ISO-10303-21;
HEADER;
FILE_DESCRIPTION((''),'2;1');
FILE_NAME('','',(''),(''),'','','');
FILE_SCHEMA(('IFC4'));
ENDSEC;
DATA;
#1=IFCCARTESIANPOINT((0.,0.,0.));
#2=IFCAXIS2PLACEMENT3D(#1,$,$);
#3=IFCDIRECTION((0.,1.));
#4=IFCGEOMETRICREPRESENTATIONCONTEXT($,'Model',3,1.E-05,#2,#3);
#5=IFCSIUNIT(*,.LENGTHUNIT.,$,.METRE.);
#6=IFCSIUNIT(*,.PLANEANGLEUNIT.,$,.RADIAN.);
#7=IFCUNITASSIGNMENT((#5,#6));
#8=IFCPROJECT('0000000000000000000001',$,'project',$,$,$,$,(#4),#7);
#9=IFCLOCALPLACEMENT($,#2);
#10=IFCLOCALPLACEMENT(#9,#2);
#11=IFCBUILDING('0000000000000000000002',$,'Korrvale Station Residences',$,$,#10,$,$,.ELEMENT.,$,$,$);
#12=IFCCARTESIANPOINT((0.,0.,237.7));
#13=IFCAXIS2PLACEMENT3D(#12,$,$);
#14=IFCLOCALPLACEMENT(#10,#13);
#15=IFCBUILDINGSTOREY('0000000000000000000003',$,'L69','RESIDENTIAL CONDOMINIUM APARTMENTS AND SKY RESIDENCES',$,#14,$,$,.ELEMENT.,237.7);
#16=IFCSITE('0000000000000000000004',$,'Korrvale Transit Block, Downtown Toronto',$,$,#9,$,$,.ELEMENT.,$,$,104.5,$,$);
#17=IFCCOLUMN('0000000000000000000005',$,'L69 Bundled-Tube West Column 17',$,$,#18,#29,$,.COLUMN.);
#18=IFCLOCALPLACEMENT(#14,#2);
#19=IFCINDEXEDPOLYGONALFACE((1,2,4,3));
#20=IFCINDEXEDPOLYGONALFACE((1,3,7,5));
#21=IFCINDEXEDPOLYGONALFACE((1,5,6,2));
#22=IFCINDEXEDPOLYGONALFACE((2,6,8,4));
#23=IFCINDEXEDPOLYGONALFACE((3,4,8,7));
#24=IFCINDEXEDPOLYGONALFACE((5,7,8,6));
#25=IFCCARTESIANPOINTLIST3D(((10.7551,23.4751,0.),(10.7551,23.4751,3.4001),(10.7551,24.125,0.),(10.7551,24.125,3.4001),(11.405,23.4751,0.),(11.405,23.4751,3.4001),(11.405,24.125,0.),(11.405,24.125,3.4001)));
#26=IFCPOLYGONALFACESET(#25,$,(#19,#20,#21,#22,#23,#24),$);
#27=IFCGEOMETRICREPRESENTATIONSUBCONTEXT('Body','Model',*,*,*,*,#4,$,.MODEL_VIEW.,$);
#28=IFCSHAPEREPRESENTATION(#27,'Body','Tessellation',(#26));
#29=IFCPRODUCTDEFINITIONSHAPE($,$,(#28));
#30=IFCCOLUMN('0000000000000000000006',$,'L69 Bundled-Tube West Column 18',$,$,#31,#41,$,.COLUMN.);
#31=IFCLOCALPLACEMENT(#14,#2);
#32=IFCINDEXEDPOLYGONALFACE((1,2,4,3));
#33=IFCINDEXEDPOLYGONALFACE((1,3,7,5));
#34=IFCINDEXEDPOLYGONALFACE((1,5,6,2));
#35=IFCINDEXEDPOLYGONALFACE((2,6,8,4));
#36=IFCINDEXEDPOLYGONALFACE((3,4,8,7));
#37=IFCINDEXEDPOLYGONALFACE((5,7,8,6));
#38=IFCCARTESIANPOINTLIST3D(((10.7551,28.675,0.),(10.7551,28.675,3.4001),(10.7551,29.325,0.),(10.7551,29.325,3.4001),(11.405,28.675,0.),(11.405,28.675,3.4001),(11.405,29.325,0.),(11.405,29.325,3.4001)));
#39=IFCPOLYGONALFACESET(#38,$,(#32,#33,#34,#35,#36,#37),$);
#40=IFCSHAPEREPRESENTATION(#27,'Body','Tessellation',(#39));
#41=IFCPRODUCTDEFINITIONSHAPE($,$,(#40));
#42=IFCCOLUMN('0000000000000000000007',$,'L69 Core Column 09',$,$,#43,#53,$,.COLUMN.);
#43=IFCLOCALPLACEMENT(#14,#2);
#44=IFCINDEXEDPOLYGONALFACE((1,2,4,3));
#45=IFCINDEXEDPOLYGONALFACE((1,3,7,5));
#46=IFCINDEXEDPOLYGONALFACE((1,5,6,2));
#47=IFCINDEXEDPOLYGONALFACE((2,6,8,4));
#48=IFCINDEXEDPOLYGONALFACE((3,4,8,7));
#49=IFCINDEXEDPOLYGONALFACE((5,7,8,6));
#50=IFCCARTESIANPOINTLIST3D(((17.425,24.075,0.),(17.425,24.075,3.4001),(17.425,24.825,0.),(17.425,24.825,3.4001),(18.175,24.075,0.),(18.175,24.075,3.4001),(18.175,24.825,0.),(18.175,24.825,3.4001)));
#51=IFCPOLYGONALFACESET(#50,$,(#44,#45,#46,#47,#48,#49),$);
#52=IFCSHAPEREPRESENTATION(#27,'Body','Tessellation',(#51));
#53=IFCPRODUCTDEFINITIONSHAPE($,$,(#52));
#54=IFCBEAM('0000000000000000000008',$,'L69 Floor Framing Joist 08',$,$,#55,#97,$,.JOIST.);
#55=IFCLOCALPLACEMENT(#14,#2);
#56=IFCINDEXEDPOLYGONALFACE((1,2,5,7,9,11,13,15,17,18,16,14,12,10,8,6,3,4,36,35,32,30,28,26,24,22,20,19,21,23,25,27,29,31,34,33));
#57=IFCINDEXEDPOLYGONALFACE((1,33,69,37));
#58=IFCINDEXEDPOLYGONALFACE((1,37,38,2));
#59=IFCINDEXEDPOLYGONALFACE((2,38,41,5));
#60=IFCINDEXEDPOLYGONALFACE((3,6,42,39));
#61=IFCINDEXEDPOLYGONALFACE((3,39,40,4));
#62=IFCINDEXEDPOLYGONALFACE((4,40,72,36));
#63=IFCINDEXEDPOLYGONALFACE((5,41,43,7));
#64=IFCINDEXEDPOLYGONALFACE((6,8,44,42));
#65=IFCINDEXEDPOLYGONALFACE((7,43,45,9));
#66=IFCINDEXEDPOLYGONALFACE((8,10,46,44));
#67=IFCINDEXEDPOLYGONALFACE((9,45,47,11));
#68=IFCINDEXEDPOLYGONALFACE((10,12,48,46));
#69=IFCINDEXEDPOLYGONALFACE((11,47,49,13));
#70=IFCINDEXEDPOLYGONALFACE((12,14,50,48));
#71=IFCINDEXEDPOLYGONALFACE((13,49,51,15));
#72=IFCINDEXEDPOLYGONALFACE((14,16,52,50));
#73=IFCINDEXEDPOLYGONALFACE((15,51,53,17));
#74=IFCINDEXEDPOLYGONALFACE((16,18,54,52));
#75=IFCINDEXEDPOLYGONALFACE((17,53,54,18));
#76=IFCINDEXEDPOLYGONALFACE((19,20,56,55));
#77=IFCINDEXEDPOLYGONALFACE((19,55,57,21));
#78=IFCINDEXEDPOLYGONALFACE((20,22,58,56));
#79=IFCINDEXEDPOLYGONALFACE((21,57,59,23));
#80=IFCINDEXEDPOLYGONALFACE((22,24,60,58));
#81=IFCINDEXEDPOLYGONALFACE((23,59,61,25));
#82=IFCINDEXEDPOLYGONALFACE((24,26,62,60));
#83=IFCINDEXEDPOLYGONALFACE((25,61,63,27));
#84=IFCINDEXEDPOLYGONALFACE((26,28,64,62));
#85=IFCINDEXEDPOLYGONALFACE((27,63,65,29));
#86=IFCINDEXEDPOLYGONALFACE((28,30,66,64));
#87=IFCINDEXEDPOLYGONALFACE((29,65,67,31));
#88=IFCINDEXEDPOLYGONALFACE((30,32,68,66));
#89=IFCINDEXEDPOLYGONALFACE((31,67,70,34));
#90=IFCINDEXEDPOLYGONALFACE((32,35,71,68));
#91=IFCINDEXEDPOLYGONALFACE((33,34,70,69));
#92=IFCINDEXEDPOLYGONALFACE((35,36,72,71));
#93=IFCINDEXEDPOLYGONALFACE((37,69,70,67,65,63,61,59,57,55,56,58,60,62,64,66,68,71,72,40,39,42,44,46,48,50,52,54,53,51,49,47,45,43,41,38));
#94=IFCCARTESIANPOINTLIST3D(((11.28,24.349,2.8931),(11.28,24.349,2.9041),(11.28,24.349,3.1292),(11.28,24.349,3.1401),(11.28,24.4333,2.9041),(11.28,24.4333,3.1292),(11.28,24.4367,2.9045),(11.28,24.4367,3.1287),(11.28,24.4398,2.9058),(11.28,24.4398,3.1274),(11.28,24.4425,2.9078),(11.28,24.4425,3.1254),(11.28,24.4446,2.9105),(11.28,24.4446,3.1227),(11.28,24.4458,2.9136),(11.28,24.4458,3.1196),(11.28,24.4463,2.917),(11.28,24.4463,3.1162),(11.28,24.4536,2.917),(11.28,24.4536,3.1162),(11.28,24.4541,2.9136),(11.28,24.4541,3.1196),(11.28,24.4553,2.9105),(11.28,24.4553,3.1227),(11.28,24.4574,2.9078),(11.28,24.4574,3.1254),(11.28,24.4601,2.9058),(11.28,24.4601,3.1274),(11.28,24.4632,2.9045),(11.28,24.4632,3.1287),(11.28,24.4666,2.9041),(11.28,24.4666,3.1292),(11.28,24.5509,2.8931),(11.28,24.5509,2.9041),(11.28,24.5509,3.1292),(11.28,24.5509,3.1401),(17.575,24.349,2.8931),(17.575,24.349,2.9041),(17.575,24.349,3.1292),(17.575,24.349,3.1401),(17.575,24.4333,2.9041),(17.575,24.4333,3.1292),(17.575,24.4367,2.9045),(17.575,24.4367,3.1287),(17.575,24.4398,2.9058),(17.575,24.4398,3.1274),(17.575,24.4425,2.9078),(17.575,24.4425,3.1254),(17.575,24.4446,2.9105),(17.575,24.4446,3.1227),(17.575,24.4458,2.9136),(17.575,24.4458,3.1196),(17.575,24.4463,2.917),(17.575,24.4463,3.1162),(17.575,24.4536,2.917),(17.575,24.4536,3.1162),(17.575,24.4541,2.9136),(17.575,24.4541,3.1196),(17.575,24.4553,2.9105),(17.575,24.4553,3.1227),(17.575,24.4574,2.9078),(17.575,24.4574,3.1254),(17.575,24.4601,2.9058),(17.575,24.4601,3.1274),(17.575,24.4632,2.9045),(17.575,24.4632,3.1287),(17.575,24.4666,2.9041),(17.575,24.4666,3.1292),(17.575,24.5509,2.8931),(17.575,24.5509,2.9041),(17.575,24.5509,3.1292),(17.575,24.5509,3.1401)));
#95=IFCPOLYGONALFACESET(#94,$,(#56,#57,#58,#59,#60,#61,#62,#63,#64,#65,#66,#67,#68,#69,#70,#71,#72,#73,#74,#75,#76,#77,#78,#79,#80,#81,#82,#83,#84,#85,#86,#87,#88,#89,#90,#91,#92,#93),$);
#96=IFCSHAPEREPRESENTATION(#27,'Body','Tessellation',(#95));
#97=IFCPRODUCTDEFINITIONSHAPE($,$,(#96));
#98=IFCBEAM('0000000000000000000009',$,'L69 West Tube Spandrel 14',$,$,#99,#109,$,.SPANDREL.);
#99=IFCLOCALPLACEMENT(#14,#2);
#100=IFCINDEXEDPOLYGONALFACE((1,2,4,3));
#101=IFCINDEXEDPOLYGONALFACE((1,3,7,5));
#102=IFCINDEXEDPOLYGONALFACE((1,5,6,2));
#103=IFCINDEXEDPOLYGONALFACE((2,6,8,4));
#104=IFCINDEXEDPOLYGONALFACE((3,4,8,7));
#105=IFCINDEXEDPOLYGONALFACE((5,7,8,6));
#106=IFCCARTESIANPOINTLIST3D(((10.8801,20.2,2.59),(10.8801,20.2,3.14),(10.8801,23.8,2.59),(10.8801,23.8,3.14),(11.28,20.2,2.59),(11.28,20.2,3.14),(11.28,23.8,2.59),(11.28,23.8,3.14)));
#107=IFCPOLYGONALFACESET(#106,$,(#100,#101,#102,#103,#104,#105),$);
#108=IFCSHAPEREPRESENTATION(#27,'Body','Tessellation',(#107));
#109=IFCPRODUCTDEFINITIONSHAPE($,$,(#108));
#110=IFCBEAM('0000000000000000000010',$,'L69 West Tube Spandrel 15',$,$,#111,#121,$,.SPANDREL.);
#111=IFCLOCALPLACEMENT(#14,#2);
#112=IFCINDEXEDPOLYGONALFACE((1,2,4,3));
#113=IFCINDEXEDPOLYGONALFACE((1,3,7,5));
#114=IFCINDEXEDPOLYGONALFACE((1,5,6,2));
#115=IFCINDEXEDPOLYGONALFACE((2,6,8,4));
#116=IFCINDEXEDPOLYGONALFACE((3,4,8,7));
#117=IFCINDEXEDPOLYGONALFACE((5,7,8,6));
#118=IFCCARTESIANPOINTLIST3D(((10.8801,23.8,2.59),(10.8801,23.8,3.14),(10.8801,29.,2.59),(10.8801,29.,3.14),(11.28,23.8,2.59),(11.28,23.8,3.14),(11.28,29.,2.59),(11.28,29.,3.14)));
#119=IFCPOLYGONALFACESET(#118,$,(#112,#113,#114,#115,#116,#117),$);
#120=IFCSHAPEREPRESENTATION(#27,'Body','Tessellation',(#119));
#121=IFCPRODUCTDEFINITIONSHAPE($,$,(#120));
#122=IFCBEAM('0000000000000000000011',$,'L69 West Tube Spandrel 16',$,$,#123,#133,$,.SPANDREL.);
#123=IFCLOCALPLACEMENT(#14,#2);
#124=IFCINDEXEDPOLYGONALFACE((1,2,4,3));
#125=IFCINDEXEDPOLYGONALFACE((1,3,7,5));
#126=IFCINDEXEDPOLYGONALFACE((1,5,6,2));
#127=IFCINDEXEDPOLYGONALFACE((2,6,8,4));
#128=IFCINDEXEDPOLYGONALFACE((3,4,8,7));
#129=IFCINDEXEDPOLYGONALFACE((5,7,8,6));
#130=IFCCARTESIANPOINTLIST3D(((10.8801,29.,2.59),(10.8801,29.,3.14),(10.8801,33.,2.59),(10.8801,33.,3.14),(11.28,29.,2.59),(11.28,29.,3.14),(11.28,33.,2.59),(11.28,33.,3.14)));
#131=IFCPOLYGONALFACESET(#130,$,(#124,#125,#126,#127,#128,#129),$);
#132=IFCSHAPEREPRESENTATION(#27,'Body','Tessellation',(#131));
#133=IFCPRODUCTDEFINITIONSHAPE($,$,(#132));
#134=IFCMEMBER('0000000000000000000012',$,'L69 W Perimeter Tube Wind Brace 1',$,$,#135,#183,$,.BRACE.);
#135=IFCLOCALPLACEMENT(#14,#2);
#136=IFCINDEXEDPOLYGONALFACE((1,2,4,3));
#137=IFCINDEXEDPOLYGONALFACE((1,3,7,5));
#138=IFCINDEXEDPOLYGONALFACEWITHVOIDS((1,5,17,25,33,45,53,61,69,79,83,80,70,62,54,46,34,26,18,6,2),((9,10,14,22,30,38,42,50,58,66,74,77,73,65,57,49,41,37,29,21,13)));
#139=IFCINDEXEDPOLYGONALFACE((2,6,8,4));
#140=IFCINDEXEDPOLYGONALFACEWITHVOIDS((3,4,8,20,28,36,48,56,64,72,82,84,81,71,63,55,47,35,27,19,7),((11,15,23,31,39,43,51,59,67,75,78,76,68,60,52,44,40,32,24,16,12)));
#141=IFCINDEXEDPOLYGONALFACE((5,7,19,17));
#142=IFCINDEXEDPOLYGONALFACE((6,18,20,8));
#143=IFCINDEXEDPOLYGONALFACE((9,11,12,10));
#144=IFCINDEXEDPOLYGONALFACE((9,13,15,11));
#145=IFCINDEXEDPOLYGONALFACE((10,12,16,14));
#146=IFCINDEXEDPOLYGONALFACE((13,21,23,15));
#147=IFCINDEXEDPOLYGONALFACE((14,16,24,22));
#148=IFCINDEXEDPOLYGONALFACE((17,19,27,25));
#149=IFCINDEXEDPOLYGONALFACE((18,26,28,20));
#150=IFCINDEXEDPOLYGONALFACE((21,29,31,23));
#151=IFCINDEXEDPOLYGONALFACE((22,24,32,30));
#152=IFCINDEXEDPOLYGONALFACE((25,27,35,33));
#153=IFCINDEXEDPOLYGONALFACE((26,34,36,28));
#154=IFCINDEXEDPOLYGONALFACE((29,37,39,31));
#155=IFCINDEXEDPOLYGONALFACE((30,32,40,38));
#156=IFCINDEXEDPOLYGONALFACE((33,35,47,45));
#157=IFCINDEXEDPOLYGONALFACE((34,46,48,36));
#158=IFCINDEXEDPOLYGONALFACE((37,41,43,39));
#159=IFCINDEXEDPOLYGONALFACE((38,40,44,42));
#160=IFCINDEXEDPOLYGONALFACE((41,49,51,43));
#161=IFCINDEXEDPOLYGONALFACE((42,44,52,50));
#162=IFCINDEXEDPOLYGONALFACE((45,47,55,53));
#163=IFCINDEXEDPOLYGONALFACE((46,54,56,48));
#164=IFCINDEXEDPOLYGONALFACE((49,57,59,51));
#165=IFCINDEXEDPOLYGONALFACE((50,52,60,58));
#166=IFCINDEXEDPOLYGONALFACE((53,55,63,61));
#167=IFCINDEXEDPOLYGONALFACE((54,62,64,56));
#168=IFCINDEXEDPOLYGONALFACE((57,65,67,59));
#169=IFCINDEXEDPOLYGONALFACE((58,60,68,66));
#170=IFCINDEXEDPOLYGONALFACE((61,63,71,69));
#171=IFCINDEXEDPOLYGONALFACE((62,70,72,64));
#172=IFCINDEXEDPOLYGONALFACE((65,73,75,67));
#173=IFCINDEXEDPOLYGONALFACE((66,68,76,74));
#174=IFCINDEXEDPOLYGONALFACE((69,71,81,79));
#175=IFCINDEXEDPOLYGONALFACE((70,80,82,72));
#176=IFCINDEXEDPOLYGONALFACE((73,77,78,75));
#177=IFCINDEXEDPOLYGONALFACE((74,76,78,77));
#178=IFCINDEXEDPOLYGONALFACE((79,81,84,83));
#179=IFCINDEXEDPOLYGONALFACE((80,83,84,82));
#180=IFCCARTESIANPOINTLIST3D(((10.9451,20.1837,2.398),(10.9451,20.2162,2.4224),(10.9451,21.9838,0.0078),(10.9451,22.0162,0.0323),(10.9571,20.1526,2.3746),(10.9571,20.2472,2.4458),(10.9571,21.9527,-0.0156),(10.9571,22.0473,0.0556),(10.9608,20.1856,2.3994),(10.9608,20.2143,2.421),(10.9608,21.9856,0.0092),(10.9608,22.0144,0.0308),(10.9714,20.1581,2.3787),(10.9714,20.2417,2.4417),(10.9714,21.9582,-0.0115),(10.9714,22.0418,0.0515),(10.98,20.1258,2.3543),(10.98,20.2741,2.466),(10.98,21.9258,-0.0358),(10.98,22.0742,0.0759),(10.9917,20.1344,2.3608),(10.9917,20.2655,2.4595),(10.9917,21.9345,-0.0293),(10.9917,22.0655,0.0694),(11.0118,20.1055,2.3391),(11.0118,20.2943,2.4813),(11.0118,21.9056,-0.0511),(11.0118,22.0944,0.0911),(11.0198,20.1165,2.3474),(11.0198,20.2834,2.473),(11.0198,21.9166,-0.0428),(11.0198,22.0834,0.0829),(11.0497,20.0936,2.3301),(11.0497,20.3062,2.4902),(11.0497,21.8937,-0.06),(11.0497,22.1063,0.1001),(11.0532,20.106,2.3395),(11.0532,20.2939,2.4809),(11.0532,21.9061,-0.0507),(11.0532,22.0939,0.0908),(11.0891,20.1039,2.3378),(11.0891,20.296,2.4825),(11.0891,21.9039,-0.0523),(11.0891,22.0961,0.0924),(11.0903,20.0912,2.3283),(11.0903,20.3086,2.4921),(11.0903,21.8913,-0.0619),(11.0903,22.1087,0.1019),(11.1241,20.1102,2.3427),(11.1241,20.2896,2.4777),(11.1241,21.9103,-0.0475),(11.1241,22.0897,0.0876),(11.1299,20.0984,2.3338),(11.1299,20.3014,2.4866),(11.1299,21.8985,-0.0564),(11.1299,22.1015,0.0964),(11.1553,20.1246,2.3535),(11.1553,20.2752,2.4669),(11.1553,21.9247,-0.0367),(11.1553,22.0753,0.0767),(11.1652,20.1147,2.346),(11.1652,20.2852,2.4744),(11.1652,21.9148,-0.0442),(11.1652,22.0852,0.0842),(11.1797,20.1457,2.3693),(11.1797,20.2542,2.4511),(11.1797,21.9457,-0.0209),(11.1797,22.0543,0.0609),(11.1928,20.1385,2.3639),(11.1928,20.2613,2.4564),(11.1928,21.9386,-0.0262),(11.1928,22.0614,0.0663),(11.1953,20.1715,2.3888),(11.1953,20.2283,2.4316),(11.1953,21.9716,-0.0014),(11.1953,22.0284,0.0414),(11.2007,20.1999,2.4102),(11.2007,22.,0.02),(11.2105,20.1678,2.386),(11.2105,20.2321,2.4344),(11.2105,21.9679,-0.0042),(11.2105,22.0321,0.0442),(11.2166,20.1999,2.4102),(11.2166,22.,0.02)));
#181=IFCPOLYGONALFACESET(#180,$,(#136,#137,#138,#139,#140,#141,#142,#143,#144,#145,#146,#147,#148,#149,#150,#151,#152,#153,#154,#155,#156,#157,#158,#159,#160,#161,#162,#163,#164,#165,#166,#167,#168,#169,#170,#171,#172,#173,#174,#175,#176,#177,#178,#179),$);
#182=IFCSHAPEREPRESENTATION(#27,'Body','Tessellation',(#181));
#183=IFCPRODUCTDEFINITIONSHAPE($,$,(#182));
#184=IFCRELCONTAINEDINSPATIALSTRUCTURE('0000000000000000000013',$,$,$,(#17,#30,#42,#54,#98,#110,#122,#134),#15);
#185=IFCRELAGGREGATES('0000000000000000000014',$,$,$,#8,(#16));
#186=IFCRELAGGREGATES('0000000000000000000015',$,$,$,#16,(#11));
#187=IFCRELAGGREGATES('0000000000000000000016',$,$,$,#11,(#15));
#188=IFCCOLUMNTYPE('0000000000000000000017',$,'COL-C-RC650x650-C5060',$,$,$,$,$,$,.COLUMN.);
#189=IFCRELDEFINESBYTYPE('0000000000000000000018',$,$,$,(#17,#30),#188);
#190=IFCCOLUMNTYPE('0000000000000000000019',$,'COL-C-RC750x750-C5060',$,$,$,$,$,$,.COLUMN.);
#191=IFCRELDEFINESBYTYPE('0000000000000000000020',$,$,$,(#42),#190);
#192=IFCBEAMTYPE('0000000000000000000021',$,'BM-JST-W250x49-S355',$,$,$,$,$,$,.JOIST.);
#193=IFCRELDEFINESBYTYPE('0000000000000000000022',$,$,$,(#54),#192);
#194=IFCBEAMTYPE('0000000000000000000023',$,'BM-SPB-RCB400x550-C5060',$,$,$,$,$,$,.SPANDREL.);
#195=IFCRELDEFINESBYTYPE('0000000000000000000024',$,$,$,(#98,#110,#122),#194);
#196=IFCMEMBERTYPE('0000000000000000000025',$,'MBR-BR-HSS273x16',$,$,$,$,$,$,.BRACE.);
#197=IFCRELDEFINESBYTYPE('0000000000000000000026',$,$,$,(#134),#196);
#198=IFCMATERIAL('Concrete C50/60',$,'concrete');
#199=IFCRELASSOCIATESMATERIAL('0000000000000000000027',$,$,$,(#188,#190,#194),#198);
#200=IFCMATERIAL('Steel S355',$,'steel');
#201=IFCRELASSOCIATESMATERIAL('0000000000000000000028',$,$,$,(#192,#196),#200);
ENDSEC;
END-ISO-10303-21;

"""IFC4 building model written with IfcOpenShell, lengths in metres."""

from ifc_helpers import new_model, si_unit, direction, frame, origin, origin_2d, place, context, subcontext, project, spatial, rectangle, hollow_circle, i_section, extrude, material, material_profile, profile_set, type_object, element, save


model = new_model("IFC4")

# Units and contexts
model_context = context("Model", 3, precision=1e-05, world=origin(), true_north=direction((0.0, 1.0)))
body_context = subcontext(model_context, "Body", "Model", "MODEL_VIEW")
ifc_project = project(units=[si_unit("LENGTHUNIT", "METRE"), si_unit("PLANEANGLEUNIT", "RADIAN")], contexts=[model_context])

# Site, building, storey
site_placement = place(None, origin())
site = spatial("IfcSite", under=ifc_project, at=site_placement, Name="Korrvale Transit Block, Downtown Toronto", CompositionType="ELEMENT", RefElevation=104.5)
building_placement = place(site_placement, origin())
building = spatial("IfcBuilding", under=site, at=building_placement, Name="Korrvale Station Residences", CompositionType="ELEMENT")
storey_placement = place(building_placement, frame((0.0, 0.0, 237.7)))
storey = spatial("IfcBuildingStorey", under=building, at=storey_placement, Name="L69", Description="RESIDENTIAL CONDOMINIUM APARTMENTS AND SKY RESIDENCES", CompositionType="ELEMENT", Elevation=237.7)

# Columns
ifc_material_1 = material(Name="Concrete C50/60", Category="concrete")
ifc_material_profile_1 = material_profile(ifc_material_1, rectangle(XDim=0.6499, YDim=0.6499, at=origin_2d()), Name="RC650x650")
ifc_profile_set_1 = profile_set([ifc_material_profile_1], Name="Concrete C50/60")
column_type_1 = type_object("IfcColumnType", Name="COL-C-RC650x650-C5060", PredefinedType="COLUMN", material=ifc_profile_set_1)
for number, where, z_axis, x_axis, name in (
    (1, (11.0801, 23.8, 0.0), (0.0, 0.0, 1.0), (1.0, 0.0, 0.0), "L69 Bundled-Tube West Column 17"),
    (2, (11.0801, 29.0, 0.0), (0.0, 0.0, 1.0), (1.0, 0.0, 0.0), "L69 Bundled-Tube West Column 18"),
):
    element("IfcColumn", number, at=place(storey_placement, frame(where, z_axis=z_axis, x_axis=x_axis)), inside=storey, type_object=column_type_1, Name=name, PredefinedType="COLUMN", context=body_context, shape_type="SweptSolid", body=[
        extrude(rectangle(XDim=0.6499, YDim=0.6499, at=origin_2d()), origin(), (0.0, 0.0, 1.0), 3.4001),
    ])
ifc_material_profile_2 = material_profile(ifc_material_1, rectangle(XDim=0.75, YDim=0.75, at=origin_2d()), Name="RC750x750")
ifc_profile_set_2 = profile_set([ifc_material_profile_2], Name="Concrete C50/60")
column_type_2 = type_object("IfcColumnType", Name="COL-C-RC750x750-C5060", PredefinedType="COLUMN", material=ifc_profile_set_2)
column_placement = place(storey_placement, frame((17.8, 24.45, 0.0), z_axis=(0.0, 0.0, 1.0), x_axis=(1.0, 0.0, 0.0)))
element("IfcColumn", 3, at=column_placement, inside=storey, type_object=column_type_2, Name="L69 Core Column 09", PredefinedType="COLUMN", context=body_context, shape_type="SweptSolid", body=[
    extrude(rectangle(XDim=0.75, YDim=0.75, at=origin_2d()), origin(), (0.0, 0.0, 1.0), 3.4001),
])

# Beams
ifc_material_2 = material(Name="Steel S355", Category="steel")
ifc_material_profile_3 = material_profile(ifc_material_2, i_section(OverallWidth=0.2019, OverallDepth=0.2471, WebThickness=0.0073, FlangeThickness=0.011, FilletRadius=0.0129, at=origin_2d()), Name="W250x49")
ifc_profile_set_3 = profile_set([ifc_material_profile_3], Name="Steel S355")
beam_type_1 = type_object("IfcBeamType", Name="BM-JST-W250x49-S355", PredefinedType="JOIST", material=ifc_profile_set_3)
beam_1_placement = place(storey_placement, frame((11.28, 24.45, 3.0166), z_axis=(1.0, 0.0, 0.0), x_axis=(0.0, 1.0, 0.0)))
element("IfcBeam", 4, at=beam_1_placement, inside=storey, type_object=beam_type_1, Name="L69 Floor Framing Joist 08", PredefinedType="JOIST", context=body_context, shape_type="SweptSolid", body=[
    extrude(i_section(OverallWidth=0.2019, OverallDepth=0.2471, WebThickness=0.0073, FlangeThickness=0.011, FilletRadius=0.0129, at=origin_2d()), origin(), (0.0, 0.0, 1.0), 6.2949),
])
ifc_material_profile_4 = material_profile(ifc_material_1, rectangle(XDim=0.3999, YDim=0.55, at=origin_2d()), Name="RCB400x550")
ifc_profile_set_4 = profile_set([ifc_material_profile_4], Name="Concrete C50/60")
beam_type_2 = type_object("IfcBeamType", Name="BM-SPB-RCB400x550-C5060", PredefinedType="SPANDREL", material=ifc_profile_set_4)
beam_2_placement = place(storey_placement, frame((11.0801, 20.2, 2.865), z_axis=(0.0, 1.0, 0.0), x_axis=(-1.0, 0.0, 0.0)))
element("IfcBeam", 5, at=beam_2_placement, inside=storey, type_object=beam_type_2, Name="L69 West Tube Spandrel 14", PredefinedType="SPANDREL", context=body_context, shape_type="SweptSolid", body=[
    extrude(rectangle(XDim=0.3999, YDim=0.55, at=origin_2d()), origin(), (0.0, 0.0, 1.0), 3.6001),
])
beam_3_placement = place(storey_placement, frame((11.0801, 23.8, 2.865), z_axis=(0.0, 1.0, 0.0), x_axis=(-1.0, 0.0, 0.0)))
element("IfcBeam", 6, at=beam_3_placement, inside=storey, type_object=beam_type_2, Name="L69 West Tube Spandrel 15", PredefinedType="SPANDREL", context=body_context, shape_type="SweptSolid", body=[
    extrude(rectangle(XDim=0.3999, YDim=0.55, at=origin_2d()), origin(), (0.0, 0.0, 1.0), 5.2),
])
beam_4_placement = place(storey_placement, frame((11.0801, 29.0, 2.865), z_axis=(0.0, 1.0, 0.0), x_axis=(-1.0, 0.0, 0.0)))
element("IfcBeam", 7, at=beam_4_placement, inside=storey, type_object=beam_type_2, Name="L69 West Tube Spandrel 16", PredefinedType="SPANDREL", context=body_context, shape_type="SweptSolid", body=[
    extrude(rectangle(XDim=0.3999, YDim=0.55, at=origin_2d()), origin(), (0.0, 0.0, 1.0), 4.0),
])

# Member
ifc_material_profile_5 = material_profile(ifc_material_2, hollow_circle(Radius=0.1365, WallThickness=0.0159, at=origin_2d()), Name="HSS273x16")
ifc_profile_set_5 = profile_set([ifc_material_profile_5], Name="Steel S355")
member_type = type_object("IfcMemberType", Name="MBR-BR-HSS273x16", PredefinedType="BRACE", material=ifc_profile_set_5)
for number, where, z_axis, x_axis, name in (
    (8, (11.0801, 22.0, 0.02), (0.0, -0.601592, 0.798804), (1.0, 0.0, 0.0), "L69 W Perimeter Tube Wind Brace 1"),
):
    element("IfcMember", number, at=place(storey_placement, frame(where, z_axis=z_axis, x_axis=x_axis)), inside=storey, type_object=member_type, Name=name, PredefinedType="BRACE", context=body_context, shape_type="SweptSolid", body=[
        extrude(hollow_circle(Radius=0.1365, WallThickness=0.0159, at=origin_2d()), origin(), (0.0, 0.0, 1.0), 2.9922),
    ])

save(model, "model.ifc")
